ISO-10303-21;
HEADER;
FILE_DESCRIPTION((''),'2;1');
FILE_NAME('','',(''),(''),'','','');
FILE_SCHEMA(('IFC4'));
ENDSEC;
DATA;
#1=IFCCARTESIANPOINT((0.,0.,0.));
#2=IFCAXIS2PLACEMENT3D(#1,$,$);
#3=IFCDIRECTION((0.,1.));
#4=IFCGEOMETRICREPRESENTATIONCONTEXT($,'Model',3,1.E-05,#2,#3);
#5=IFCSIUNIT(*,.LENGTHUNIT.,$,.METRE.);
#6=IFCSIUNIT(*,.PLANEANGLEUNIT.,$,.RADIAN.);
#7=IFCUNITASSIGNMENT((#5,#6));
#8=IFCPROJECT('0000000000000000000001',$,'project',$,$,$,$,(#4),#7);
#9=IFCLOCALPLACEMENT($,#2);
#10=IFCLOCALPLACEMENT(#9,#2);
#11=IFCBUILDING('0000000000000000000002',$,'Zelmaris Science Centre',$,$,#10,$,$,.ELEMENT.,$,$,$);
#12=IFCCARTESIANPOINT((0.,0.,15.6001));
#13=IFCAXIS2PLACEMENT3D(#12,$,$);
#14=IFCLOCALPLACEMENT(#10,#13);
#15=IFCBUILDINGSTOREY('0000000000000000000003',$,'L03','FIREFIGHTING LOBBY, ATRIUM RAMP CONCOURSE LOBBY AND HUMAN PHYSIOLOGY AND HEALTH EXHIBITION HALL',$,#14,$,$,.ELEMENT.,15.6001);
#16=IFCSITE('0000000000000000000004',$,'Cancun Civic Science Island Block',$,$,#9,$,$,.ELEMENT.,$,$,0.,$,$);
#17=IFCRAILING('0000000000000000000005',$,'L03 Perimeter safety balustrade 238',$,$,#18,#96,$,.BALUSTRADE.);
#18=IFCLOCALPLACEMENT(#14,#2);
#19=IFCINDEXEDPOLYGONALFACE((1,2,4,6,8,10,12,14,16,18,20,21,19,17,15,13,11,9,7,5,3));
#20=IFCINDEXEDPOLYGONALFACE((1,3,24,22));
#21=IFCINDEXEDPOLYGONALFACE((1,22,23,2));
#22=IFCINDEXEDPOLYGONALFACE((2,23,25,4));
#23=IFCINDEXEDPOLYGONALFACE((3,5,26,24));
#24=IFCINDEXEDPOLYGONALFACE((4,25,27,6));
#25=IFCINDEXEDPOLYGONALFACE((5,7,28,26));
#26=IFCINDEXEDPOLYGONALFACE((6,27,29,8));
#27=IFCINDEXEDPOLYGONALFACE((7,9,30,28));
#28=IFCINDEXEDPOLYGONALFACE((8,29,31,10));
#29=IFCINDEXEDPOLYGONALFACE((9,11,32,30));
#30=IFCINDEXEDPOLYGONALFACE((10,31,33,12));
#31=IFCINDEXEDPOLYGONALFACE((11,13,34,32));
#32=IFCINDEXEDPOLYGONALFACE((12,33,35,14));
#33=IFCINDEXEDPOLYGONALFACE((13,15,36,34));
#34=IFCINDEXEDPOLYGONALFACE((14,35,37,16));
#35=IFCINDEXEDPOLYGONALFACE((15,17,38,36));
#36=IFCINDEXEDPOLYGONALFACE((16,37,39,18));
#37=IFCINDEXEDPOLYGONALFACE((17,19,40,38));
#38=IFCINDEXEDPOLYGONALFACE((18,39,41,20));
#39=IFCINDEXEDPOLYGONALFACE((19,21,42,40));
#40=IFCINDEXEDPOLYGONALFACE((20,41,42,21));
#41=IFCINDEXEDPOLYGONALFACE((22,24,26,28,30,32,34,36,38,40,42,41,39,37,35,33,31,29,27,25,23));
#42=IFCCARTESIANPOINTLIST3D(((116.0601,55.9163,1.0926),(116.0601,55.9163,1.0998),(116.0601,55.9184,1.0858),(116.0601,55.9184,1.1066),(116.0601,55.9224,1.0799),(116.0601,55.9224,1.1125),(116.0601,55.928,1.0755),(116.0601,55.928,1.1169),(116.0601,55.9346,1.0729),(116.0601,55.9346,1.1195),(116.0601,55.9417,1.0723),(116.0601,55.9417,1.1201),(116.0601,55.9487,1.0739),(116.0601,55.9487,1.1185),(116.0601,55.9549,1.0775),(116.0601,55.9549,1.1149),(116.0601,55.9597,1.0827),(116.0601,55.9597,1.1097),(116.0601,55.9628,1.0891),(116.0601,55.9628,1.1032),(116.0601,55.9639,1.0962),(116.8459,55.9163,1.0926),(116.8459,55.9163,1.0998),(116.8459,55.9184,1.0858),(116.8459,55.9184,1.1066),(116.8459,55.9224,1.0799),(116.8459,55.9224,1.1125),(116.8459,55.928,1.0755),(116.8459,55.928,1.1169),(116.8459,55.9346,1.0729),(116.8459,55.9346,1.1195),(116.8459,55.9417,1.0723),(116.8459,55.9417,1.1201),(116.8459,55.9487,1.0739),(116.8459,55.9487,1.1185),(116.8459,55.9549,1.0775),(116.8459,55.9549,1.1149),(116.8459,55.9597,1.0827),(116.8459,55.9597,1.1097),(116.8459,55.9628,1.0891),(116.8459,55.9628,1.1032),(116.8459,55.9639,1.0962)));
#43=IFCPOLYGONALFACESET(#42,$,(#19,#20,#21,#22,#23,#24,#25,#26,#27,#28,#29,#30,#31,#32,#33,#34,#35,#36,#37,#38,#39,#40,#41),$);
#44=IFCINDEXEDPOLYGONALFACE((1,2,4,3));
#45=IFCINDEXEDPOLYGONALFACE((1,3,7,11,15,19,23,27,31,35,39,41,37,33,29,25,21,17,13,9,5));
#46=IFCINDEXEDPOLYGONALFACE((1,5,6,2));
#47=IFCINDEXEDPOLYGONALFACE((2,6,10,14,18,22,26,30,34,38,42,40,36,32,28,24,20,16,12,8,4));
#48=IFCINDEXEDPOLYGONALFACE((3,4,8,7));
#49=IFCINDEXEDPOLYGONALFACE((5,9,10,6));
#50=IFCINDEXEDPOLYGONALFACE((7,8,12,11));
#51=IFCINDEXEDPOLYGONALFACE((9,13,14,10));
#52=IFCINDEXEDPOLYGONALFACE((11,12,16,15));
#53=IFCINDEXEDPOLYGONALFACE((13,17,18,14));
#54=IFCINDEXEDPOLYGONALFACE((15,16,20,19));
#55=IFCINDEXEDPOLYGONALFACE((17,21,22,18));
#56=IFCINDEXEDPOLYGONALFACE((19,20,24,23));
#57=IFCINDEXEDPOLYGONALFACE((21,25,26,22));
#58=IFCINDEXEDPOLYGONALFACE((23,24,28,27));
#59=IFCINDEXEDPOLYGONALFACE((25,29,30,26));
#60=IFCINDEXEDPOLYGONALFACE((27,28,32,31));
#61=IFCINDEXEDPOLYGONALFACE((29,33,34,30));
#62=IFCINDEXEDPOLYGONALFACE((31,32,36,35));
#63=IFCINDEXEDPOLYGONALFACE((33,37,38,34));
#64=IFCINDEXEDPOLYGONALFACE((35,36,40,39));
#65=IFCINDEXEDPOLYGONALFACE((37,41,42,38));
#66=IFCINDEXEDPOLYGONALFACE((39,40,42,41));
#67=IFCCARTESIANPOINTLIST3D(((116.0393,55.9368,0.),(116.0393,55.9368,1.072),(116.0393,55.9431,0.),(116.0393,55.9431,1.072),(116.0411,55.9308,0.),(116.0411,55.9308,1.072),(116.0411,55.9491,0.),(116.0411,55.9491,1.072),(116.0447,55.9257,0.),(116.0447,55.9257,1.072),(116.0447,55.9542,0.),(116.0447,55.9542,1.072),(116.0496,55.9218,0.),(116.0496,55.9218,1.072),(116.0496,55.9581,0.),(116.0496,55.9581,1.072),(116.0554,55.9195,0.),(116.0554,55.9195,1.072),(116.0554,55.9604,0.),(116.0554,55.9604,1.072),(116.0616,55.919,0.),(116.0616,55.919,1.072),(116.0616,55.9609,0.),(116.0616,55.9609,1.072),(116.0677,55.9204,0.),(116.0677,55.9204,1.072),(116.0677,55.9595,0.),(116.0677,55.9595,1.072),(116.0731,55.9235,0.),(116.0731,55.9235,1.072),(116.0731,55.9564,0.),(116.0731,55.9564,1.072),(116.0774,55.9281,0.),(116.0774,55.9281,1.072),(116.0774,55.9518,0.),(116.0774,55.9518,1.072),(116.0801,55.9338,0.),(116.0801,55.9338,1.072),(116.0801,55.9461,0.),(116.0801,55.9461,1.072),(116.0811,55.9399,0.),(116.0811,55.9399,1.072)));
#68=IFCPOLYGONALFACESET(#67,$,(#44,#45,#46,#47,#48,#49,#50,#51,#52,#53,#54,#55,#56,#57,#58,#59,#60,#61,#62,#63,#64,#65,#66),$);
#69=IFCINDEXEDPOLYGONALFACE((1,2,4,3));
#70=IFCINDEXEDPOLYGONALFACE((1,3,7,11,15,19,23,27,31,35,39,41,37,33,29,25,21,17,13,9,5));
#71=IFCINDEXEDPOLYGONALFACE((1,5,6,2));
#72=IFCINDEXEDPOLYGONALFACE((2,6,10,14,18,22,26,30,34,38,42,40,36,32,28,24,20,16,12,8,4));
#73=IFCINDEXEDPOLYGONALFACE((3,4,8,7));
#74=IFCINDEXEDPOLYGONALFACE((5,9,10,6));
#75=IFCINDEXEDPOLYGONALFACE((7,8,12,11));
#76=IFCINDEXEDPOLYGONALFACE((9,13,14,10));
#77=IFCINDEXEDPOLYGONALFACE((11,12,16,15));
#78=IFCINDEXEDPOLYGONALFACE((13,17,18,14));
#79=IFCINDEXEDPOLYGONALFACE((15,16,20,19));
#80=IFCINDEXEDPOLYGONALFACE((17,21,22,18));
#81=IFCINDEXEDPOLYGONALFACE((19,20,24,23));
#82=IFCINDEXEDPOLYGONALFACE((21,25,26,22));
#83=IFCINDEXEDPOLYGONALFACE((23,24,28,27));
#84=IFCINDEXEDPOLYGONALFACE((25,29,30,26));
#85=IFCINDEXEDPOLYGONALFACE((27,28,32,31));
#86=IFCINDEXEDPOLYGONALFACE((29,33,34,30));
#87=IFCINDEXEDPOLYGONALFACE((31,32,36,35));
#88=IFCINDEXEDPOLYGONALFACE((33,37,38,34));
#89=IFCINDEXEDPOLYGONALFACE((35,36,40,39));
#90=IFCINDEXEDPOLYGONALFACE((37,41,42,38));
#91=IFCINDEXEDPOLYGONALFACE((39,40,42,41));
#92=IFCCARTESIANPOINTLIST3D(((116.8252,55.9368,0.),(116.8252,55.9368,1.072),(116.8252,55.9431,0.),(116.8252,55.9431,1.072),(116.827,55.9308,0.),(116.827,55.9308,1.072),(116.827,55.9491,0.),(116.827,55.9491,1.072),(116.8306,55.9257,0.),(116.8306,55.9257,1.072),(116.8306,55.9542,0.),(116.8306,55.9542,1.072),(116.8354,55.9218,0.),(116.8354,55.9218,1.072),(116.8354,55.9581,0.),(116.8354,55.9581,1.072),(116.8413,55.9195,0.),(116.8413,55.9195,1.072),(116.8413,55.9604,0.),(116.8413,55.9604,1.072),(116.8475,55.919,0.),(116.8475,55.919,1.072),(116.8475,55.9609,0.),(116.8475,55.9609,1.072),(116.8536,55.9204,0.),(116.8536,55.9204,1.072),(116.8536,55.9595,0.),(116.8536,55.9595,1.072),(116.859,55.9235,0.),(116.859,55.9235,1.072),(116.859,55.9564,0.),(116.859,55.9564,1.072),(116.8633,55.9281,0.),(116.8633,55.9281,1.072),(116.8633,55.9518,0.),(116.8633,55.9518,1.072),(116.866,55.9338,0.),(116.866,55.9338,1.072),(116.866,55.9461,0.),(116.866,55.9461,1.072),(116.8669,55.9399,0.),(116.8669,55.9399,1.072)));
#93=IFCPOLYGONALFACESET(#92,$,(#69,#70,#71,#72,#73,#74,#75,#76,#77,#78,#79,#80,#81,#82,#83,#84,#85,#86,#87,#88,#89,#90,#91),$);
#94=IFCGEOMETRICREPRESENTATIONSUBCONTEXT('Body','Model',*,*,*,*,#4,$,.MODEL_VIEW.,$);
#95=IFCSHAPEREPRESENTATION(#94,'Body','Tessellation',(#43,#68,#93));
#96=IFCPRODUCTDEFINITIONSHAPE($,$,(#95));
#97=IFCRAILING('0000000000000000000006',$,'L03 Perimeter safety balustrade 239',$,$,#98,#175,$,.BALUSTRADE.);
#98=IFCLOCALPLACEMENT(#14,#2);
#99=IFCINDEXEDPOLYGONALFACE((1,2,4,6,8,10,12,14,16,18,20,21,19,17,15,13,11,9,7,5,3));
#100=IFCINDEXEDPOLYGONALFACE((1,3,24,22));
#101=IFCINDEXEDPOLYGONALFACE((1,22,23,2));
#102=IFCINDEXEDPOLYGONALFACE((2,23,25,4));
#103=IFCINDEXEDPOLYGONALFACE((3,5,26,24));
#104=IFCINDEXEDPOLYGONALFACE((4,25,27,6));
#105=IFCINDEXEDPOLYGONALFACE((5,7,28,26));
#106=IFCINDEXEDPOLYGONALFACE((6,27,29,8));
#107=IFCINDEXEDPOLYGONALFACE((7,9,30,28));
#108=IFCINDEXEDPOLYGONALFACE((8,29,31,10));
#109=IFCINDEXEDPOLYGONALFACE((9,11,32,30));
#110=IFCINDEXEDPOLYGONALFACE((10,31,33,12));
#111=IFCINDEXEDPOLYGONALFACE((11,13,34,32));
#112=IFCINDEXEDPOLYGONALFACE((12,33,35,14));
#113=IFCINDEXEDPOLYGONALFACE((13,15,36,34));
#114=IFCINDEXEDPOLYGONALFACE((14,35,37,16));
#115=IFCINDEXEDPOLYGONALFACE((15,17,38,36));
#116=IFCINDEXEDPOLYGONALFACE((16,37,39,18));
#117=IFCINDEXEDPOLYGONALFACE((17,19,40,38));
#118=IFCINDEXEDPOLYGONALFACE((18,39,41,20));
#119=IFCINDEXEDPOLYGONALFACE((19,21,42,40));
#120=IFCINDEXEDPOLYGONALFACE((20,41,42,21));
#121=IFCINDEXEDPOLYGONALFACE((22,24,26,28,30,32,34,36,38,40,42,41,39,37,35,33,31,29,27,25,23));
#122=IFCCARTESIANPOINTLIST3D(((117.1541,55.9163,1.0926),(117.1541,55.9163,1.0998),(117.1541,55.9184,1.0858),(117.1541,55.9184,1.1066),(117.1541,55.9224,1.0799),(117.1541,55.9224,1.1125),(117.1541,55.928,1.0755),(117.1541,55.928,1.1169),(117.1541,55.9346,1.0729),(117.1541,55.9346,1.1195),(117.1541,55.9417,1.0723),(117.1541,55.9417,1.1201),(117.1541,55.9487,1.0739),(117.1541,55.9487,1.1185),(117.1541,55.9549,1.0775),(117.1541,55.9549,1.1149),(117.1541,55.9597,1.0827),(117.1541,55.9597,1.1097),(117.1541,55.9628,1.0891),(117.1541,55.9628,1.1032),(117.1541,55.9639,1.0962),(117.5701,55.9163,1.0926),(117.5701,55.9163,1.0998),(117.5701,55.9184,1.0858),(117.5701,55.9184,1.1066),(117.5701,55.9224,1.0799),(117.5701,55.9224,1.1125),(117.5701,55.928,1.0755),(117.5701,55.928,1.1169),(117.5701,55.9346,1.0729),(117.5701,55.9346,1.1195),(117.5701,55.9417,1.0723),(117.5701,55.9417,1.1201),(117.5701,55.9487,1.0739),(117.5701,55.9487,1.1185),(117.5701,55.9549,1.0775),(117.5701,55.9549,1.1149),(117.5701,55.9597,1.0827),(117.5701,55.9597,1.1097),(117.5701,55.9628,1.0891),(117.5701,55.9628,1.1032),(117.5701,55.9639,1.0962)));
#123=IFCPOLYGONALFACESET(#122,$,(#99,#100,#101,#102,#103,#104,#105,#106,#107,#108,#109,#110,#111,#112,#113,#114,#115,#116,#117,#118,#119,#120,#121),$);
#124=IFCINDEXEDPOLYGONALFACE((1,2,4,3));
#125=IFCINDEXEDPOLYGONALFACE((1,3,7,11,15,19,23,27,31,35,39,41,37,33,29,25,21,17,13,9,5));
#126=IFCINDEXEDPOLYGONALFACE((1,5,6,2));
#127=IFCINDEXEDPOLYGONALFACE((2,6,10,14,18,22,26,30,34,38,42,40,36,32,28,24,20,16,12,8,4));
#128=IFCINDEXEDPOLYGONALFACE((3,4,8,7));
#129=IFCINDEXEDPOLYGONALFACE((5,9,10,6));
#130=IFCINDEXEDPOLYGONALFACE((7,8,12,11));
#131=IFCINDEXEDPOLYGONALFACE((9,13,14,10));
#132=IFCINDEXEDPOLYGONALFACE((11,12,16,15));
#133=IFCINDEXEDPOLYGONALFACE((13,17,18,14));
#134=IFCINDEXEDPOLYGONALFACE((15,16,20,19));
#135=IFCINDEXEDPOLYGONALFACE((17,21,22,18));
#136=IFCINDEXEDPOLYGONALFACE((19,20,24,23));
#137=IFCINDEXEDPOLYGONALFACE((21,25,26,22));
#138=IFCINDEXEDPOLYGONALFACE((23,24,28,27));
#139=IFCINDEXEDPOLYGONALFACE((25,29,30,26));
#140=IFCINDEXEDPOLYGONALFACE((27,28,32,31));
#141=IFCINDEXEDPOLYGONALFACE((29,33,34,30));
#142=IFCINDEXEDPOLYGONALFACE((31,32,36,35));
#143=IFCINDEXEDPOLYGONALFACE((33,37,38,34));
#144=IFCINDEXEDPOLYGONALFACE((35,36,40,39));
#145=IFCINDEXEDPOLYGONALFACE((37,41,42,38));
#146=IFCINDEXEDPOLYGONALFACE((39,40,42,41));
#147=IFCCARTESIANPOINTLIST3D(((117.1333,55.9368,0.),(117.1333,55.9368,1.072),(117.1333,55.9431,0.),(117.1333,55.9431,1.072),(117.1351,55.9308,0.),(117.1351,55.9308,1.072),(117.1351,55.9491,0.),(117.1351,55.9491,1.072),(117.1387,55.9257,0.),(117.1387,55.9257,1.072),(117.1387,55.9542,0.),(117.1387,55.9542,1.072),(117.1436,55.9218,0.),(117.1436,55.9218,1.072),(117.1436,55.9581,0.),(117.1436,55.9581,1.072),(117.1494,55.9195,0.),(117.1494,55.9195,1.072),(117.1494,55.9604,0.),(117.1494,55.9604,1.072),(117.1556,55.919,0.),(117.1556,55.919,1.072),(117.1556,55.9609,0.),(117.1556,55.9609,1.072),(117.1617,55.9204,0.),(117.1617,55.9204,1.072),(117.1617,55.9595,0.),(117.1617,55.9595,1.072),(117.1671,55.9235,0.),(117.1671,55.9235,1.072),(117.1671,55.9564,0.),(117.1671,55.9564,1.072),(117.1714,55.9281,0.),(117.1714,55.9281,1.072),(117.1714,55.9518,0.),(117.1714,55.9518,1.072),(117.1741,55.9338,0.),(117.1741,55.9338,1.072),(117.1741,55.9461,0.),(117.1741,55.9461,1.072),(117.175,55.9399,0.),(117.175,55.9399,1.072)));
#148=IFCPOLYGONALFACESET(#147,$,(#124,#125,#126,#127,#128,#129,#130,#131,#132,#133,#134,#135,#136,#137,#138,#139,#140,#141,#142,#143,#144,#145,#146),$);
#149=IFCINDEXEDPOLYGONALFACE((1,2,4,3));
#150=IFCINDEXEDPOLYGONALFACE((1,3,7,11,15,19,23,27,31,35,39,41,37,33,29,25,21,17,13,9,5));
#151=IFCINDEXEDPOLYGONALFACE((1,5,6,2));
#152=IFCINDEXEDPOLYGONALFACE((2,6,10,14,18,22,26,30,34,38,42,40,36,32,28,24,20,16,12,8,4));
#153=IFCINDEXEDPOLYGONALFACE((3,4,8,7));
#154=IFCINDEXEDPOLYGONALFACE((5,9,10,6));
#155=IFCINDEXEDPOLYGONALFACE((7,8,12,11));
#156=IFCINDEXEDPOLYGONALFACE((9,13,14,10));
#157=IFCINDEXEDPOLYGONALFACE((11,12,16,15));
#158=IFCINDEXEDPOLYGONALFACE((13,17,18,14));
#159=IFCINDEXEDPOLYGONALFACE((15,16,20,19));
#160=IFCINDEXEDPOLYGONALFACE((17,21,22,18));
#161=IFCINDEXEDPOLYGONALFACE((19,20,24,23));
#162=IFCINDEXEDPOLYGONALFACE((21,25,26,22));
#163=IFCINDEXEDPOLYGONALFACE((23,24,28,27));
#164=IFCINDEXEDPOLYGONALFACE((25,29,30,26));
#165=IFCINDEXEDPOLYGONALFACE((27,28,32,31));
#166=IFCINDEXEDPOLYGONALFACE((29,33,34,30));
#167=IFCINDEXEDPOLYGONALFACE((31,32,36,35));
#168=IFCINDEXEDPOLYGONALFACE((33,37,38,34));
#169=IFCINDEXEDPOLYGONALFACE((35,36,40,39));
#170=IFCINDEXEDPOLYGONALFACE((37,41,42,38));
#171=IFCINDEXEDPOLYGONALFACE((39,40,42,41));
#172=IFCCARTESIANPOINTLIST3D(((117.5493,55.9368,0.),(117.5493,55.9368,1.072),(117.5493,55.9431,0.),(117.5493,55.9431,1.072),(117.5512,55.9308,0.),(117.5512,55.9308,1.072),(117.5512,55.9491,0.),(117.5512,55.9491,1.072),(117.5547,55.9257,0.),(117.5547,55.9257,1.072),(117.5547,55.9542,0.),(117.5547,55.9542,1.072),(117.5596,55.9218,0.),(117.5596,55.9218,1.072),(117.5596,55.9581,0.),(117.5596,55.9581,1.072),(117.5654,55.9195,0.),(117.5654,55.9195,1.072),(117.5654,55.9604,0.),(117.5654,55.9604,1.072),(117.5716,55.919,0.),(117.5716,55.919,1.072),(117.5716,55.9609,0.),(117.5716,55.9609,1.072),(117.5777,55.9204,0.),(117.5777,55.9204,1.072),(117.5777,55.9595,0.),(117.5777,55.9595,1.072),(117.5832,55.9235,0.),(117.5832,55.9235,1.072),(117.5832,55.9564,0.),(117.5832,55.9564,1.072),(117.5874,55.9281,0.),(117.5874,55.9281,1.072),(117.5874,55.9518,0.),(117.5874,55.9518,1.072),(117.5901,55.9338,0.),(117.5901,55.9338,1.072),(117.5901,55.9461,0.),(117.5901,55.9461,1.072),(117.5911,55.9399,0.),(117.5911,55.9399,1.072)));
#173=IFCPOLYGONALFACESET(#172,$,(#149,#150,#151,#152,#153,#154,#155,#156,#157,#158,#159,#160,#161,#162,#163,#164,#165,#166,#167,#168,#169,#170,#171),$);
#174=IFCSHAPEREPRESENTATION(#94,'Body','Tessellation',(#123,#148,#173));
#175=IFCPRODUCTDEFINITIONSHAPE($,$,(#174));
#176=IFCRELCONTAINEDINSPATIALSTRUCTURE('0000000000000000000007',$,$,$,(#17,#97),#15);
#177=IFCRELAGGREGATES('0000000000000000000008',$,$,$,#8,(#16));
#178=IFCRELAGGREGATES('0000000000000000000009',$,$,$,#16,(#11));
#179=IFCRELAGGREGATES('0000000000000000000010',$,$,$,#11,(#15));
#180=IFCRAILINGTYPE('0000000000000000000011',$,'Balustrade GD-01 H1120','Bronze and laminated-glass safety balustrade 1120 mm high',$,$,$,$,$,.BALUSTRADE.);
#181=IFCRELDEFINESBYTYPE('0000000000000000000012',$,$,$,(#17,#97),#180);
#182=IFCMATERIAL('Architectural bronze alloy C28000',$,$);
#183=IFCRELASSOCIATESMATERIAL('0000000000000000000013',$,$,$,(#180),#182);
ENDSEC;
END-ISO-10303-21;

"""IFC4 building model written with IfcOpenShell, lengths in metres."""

from ifc_helpers import new_model, si_unit, direction, frame, origin, origin_2d, place, context, subcontext, project, spatial, circle, extrude, material, type_object, element, save


model = new_model("IFC4")

# Units and contexts
model_context = context("Model", 3, precision=1e-05, world=origin(), true_north=direction((0.0, 1.0)))
body_context = subcontext(model_context, "Body", "Model", "MODEL_VIEW")
ifc_project = project(units=[si_unit("LENGTHUNIT", "METRE"), si_unit("PLANEANGLEUNIT", "RADIAN")], contexts=[model_context])

# Site, building, storey
site_placement = place(None, origin())
site = spatial("IfcSite", under=ifc_project, at=site_placement, Name="Cancun Civic Science Island Block", CompositionType="ELEMENT", RefElevation=0.0)
building_placement = place(site_placement, origin())
building = spatial("IfcBuilding", under=site, at=building_placement, Name="Zelmaris Science Centre", CompositionType="ELEMENT")
storey_placement = place(building_placement, frame((0.0, 0.0, 15.6001)))
storey = spatial("IfcBuildingStorey", under=building, at=storey_placement, Name="L03", Description="FIREFIGHTING LOBBY, ATRIUM RAMP CONCOURSE LOBBY AND HUMAN PHYSIOLOGY AND HEALTH EXHIBITION HALL", CompositionType="ELEMENT", Elevation=15.6001)

# Railings
ifc_material_1 = material(Name="Architectural bronze alloy C28000")
railing_type = type_object("IfcRailingType", Name="Balustrade GD-01 H1120", Description="Bronze and laminated-glass safety balustrade 1120 mm high", PredefinedType="BALUSTRADE", material=ifc_material_1)
railing_1_placement = place(storey_placement, frame((116.0601, 55.9399, 0.0)))
element("IfcRailing", 1, at=railing_1_placement, inside=storey, type_object=railing_type, Name="L03 Perimeter safety balustrade 238", PredefinedType="BALUSTRADE", context=body_context, shape_type="SweptSolid", body=[
    extrude(circle(Radius=0.0239, at=origin_2d()), frame((0.0, 0.0, 1.0962), z_axis=(1.0, 0.0, 0.0), x_axis=(0.0, 1.0, 0.0)), (0.0, 0.0, 1.0), 0.7859),
    extrude(circle(Radius=0.021, at=origin_2d()), origin(), (0.0, 0.0, 1.0), 1.072),
    extrude(circle(Radius=0.021, at=origin_2d()), frame((0.7859, 0.0, 0.0)), (0.0, 0.0, 1.0), 1.072),
])
railing_2_placement = place(storey_placement, frame((117.1541, 55.9399, 0.0)))
element("IfcRailing", 2, at=railing_2_placement, inside=storey, type_object=railing_type, Name="L03 Perimeter safety balustrade 239", PredefinedType="BALUSTRADE", context=body_context, shape_type="SweptSolid", body=[
    extrude(circle(Radius=0.0239, at=origin_2d()), frame((0.0, 0.0, 1.0962), z_axis=(1.0, 0.0, 0.0), x_axis=(0.0, 1.0, 0.0)), (0.0, 0.0, 1.0), 0.416),
    extrude(circle(Radius=0.021, at=origin_2d()), origin(), (0.0, 0.0, 1.0), 1.072),
    extrude(circle(Radius=0.021, at=origin_2d()), frame((0.416, 0.0, 0.0)), (0.0, 0.0, 1.0), 1.072),
])

save(model, "model.ifc")
